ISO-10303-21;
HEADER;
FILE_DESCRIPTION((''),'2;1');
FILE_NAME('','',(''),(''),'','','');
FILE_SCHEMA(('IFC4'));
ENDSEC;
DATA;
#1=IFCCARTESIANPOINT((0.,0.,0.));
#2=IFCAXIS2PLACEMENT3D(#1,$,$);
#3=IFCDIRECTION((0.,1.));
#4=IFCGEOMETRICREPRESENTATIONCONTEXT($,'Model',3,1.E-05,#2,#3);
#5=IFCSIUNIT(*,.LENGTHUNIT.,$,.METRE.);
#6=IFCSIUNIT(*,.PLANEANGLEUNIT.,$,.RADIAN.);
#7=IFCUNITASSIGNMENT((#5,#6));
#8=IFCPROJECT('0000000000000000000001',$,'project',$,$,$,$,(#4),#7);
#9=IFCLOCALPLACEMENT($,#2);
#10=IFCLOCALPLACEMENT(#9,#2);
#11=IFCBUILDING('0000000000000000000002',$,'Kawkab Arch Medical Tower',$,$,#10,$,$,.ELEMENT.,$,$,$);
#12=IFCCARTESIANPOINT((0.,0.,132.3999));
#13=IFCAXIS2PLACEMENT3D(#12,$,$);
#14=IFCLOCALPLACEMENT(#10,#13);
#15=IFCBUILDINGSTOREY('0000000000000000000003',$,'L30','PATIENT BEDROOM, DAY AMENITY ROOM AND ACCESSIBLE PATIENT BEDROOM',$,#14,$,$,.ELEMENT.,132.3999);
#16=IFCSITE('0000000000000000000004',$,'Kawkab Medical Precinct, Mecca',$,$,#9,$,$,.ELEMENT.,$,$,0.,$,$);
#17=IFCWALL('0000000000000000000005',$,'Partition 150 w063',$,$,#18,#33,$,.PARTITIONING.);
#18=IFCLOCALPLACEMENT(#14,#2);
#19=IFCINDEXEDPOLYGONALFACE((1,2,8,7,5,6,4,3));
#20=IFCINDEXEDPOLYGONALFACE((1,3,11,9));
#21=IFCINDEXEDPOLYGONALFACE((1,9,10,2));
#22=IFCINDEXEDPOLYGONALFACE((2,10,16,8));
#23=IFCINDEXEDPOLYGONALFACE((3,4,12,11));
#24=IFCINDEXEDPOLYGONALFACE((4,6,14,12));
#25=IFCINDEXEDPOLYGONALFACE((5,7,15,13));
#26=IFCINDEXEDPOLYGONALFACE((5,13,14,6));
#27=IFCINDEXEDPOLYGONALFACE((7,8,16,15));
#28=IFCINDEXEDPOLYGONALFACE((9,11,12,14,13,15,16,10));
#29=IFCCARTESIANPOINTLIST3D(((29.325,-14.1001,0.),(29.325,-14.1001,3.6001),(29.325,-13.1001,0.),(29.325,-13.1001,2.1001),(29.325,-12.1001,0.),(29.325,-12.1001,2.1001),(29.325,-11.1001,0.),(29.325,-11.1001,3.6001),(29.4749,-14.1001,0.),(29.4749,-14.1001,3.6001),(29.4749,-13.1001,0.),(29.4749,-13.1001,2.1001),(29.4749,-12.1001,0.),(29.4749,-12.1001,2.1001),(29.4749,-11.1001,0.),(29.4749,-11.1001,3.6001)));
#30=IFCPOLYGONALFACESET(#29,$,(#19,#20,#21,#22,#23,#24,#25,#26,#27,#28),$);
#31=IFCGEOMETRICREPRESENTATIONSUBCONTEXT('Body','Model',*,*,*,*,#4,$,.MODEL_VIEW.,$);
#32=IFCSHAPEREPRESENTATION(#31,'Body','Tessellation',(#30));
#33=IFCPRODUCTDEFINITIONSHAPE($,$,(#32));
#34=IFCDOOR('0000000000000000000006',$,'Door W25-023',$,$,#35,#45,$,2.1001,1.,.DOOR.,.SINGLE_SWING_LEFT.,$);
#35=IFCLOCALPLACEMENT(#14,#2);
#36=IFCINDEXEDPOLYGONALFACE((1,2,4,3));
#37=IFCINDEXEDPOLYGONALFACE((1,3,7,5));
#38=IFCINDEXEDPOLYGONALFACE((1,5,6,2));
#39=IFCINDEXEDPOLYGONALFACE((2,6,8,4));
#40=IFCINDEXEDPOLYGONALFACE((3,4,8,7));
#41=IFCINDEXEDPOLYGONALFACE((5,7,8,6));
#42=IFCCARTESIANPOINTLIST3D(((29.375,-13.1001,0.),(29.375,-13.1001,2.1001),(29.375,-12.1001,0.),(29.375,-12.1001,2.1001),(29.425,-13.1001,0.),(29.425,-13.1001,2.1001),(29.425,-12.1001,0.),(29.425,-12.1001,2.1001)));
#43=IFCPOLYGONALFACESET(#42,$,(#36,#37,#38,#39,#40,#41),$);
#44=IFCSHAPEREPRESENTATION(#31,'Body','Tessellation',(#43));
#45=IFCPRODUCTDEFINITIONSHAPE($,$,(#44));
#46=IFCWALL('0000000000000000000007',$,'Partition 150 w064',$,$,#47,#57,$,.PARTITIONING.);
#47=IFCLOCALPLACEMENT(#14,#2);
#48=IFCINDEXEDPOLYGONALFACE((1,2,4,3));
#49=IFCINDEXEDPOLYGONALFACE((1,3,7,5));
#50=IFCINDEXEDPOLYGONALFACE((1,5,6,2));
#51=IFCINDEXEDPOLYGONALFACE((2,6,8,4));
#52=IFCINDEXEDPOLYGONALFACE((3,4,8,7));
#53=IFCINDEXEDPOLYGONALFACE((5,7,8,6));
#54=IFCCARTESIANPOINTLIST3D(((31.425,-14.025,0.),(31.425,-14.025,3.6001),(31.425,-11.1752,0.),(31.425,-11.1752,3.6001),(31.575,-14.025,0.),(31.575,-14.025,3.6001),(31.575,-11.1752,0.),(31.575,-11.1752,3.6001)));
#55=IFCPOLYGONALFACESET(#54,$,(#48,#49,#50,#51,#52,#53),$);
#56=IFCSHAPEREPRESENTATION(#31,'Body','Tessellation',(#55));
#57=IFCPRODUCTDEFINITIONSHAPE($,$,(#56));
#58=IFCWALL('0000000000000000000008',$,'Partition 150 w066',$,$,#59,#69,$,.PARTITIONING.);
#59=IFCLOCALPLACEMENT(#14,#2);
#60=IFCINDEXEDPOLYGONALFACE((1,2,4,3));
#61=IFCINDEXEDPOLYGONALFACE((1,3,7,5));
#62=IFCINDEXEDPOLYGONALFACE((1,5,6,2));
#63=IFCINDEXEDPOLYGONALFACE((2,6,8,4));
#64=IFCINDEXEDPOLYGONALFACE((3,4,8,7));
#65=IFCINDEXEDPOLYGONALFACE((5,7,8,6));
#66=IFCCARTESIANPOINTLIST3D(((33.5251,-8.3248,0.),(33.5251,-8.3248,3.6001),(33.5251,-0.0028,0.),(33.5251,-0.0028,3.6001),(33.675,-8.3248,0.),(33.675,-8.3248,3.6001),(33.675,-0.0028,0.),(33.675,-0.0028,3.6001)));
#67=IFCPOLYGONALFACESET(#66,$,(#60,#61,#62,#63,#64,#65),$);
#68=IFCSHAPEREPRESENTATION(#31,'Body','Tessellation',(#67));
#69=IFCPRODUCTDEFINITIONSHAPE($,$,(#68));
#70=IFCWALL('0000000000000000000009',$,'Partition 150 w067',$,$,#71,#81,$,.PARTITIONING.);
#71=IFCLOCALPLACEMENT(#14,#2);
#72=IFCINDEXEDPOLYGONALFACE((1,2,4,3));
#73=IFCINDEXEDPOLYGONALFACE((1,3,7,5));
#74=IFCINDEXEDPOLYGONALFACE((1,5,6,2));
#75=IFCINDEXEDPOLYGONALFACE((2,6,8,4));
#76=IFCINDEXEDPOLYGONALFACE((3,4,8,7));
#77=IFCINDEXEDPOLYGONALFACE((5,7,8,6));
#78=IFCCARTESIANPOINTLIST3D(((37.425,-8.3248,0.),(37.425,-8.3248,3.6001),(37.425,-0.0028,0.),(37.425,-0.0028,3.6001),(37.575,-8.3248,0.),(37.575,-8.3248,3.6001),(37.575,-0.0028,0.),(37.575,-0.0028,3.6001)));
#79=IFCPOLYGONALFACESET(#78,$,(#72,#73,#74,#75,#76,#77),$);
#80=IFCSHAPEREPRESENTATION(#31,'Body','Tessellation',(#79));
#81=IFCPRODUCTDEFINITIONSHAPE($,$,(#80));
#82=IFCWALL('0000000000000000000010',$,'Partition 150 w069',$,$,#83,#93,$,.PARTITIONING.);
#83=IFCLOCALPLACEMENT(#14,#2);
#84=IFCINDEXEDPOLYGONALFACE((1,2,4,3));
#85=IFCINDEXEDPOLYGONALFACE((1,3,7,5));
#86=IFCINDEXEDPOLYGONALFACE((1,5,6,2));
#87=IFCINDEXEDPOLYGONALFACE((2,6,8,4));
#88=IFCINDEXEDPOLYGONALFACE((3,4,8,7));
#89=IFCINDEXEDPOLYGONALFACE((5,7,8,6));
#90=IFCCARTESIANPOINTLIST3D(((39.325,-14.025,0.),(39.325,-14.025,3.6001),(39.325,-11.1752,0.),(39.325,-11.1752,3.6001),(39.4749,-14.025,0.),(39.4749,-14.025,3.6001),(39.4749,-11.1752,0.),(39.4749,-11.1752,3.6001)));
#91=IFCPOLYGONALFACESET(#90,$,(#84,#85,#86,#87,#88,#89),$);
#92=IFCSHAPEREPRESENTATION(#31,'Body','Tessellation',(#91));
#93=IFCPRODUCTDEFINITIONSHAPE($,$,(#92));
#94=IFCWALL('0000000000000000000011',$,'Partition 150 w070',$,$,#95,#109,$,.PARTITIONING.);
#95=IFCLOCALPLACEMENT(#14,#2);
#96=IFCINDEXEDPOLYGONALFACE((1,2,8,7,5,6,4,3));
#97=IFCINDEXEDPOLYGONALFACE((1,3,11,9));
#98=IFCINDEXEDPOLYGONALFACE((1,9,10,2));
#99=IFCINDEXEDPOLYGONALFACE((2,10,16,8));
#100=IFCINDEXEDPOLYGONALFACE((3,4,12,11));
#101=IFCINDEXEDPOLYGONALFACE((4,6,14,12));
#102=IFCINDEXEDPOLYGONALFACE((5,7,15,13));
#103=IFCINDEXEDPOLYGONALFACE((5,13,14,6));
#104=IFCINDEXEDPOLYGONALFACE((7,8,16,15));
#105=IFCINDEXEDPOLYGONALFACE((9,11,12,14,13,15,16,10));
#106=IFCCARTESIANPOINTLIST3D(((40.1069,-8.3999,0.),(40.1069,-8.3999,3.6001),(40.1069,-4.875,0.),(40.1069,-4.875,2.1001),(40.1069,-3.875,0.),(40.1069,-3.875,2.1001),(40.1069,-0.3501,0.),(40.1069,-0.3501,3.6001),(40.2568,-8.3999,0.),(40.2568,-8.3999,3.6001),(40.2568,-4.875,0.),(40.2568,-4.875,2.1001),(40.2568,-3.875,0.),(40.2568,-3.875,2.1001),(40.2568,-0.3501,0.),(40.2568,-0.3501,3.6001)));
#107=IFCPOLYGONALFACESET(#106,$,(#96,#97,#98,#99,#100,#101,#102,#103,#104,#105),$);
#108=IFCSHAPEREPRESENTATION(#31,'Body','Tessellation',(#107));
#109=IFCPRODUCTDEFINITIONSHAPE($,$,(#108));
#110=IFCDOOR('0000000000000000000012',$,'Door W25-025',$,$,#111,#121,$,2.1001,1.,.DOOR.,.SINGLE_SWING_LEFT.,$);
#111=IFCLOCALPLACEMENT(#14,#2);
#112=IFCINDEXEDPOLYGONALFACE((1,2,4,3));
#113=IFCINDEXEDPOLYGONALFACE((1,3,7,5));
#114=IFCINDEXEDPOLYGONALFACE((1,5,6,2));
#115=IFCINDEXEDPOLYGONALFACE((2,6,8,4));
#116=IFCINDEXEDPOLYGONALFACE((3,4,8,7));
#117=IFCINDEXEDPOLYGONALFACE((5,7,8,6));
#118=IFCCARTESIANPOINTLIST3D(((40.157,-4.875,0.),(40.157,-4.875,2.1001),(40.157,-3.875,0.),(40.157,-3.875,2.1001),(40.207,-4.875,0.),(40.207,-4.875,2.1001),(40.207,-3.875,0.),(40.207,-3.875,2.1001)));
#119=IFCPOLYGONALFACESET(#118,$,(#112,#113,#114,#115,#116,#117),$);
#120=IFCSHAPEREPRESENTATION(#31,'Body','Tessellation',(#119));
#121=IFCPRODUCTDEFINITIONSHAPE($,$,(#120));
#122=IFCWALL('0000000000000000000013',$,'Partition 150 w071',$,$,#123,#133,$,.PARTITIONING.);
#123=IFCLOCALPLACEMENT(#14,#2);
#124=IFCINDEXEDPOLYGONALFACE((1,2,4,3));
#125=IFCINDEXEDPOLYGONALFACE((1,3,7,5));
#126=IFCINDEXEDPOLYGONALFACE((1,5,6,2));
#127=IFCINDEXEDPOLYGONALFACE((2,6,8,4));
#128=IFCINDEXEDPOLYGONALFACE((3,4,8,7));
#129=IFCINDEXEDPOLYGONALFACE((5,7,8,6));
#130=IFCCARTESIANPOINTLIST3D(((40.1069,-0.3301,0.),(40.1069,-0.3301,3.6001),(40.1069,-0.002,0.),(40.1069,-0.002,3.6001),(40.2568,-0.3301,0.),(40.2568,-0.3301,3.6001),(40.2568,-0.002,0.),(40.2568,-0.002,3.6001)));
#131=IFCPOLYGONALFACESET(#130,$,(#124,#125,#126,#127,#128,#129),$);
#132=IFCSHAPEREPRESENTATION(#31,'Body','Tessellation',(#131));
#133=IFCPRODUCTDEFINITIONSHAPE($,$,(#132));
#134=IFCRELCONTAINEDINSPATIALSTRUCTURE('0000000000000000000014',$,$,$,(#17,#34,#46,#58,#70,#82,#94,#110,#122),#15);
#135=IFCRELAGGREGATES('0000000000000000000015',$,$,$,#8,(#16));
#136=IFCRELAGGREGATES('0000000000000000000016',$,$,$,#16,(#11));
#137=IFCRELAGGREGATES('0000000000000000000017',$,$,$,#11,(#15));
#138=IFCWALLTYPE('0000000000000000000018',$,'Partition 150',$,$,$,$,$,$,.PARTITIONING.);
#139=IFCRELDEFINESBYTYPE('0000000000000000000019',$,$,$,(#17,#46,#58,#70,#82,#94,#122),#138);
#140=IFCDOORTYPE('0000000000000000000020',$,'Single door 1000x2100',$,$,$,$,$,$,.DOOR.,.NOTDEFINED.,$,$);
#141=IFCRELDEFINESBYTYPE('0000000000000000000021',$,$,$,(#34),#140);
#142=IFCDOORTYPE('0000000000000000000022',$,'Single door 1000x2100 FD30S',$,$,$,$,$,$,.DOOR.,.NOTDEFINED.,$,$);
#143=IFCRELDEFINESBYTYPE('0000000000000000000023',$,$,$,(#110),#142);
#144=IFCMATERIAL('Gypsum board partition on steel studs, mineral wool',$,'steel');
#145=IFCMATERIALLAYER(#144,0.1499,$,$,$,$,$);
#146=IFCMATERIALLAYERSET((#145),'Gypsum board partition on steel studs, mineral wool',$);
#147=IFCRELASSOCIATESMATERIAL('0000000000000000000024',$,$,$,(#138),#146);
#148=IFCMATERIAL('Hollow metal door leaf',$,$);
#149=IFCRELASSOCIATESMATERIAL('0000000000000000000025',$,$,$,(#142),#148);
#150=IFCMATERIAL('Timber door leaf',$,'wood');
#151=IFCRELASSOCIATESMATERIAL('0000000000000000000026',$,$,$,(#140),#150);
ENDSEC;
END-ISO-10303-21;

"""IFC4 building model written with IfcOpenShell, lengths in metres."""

from ifc_helpers import new_model, si_unit, direction, frame, frame_2d, origin, place, context, subcontext, project, spatial, rectangle, extrude, material, layer, layer_set, type_object, element, fill, save


model = new_model("IFC4")

# Units and contexts
model_context = context("Model", 3, precision=1e-05, world=origin(), true_north=direction((0.0, 1.0)))
body_context = subcontext(model_context, "Body", "Model", "MODEL_VIEW")
ifc_project = project(units=[si_unit("LENGTHUNIT", "METRE"), si_unit("PLANEANGLEUNIT", "RADIAN")], contexts=[model_context])

# Site, building, storey
site_placement = place(None, origin())
site = spatial("IfcSite", under=ifc_project, at=site_placement, Name="Kawkab Medical Precinct, Mecca", CompositionType="ELEMENT", RefElevation=0.0)
building_placement = place(site_placement, origin())
building = spatial("IfcBuilding", under=site, at=building_placement, Name="Kawkab Arch Medical Tower", CompositionType="ELEMENT")
storey_placement = place(building_placement, frame((0.0, 0.0, 132.3999)))
storey = spatial("IfcBuildingStorey", under=building, at=storey_placement, Name="L30", Description="PATIENT BEDROOM, DAY AMENITY ROOM AND ACCESSIBLE PATIENT BEDROOM", CompositionType="ELEMENT", Elevation=132.3999)

# Shared definitions
ifc_material_1 = material(Name="Gypsum board partition on steel studs, mineral wool", Category="steel")
ifc_layer = layer(ifc_material_1, 0.1499)
ifc_layer_set = layer_set([ifc_layer], Name="Gypsum board partition on steel studs, mineral wool")
wall_type = type_object("IfcWallType", Name="Partition 150", PredefinedType="PARTITIONING", material=ifc_layer_set)
ifc_material_2 = material(Name="Hollow metal door leaf")
door_type_1 = type_object("IfcDoorType", Name="Single door 1000x2100 FD30S", OperationType="NOTDEFINED", PredefinedType="DOOR", material=ifc_material_2)

# Wall, opening, door
wall_1_placement = place(storey_placement, frame((29.3999, -14.1001, 0.0), z_axis=(0.0, 0.0, 1.0), x_axis=(0.0, 1.0, 0.0)))
wall_1 = element("IfcWall", 1, at=wall_1_placement, inside=storey, type_object=wall_type, Name="Partition 150 w063", PredefinedType="PARTITIONING", context=body_context, shape_type="SweptSolid", body=[
    extrude(rectangle(XDim=3.0, YDim=0.1499, at=frame_2d((1.5, 0.0))), origin(), (0.0, 0.0, 1.0), 3.6001),
])
opening_1_placement = place(wall_1_placement, frame((1.0, 0.0, 0.0)))
opening_1 = element("IfcOpeningElement", 2, at=opening_1_placement, cuts=wall_1, PredefinedType="OPENING", context=body_context, shape_type="SweptSolid", body=[
    extrude(rectangle(XDim=1.0, YDim=2.1001, at=frame_2d((0.5, 1.05))), frame((0.0, 0.085, 0.0), z_axis=(0.0, -1.0, 0.0), x_axis=(1.0, 0.0, 0.0)), (0.0, 0.0, 1.0), 0.1699),
])
ifc_material_3 = material(Name="Timber door leaf", Category="wood")
door_type_2 = type_object("IfcDoorType", Name="Single door 1000x2100", OperationType="NOTDEFINED", PredefinedType="DOOR", material=ifc_material_3)
door_1_placement = place(opening_1_placement, origin())
door_1 = element("IfcDoor", 3, at=door_1_placement, inside=storey, type_object=door_type_2, Name="Door W25-023", OperationType="SINGLE_SWING_LEFT", OverallHeight=2.1001, OverallWidth=1.0, PredefinedType="DOOR", context=body_context, shape_type="SweptSolid", body=[
    extrude(rectangle(XDim=1.0, YDim=2.1001, at=frame_2d((0.5, 1.05))), frame((0.0, 0.0249, 0.0), z_axis=(0.0, -1.0, 0.0), x_axis=(1.0, 0.0, 0.0)), (0.0, 0.0, 1.0), 0.05),
])
fill(opening_1, door_1)

# Walls
wall_2_placement = place(storey_placement, frame((31.5, -14.0249, 0.0), z_axis=(0.0, 0.0, 1.0), x_axis=(0.0, 1.0, 0.0)))
element("IfcWall", 4, at=wall_2_placement, inside=storey, type_object=wall_type, Name="Partition 150 w064", PredefinedType="PARTITIONING", context=body_context, shape_type="SweptSolid", body=[
    extrude(rectangle(XDim=2.8499, YDim=0.1499, at=frame_2d((1.4248, 0.0))), origin(), (0.0, 0.0, 1.0), 3.6001),
])
for number, where, z_axis, x_axis, name in (
    (5, (33.6001, -8.325, 0.0), (0.0, 0.0, 1.0), (0.0, 1.0, 0.0), "Partition 150 w066"),
    (6, (37.5, -8.325, 0.0), (0.0, 0.0, 1.0), (0.0, 1.0, 0.0), "Partition 150 w067"),
):
    element("IfcWall", number, at=place(storey_placement, frame(where, z_axis=z_axis, x_axis=x_axis)), inside=storey, type_object=wall_type, Name=name, PredefinedType="PARTITIONING", context=body_context, shape_type="SweptSolid", body=[
        extrude(rectangle(XDim=8.322, YDim=0.1499, at=frame_2d((4.1611, 0.0))), origin(), (0.0, 0.0, 1.0), 3.6001),
    ])
wall_3_placement = place(storey_placement, frame((39.3999, -14.0249, 0.0), z_axis=(0.0, 0.0, 1.0), x_axis=(0.0, 1.0, 0.0)))
element("IfcWall", 7, at=wall_3_placement, inside=storey, type_object=wall_type, Name="Partition 150 w069", PredefinedType="PARTITIONING", context=body_context, shape_type="SweptSolid", body=[
    extrude(rectangle(XDim=2.8499, YDim=0.1499, at=frame_2d((1.4248, 0.0))), origin(), (0.0, 0.0, 1.0), 3.6001),
])

# Wall, opening, door
wall_4_placement = place(storey_placement, frame((40.1819, -8.3999, 0.0), z_axis=(0.0, 0.0, 1.0), x_axis=(0.0, 1.0, 0.0)))
wall_4 = element("IfcWall", 8, at=wall_4_placement, inside=storey, type_object=wall_type, Name="Partition 150 w070", PredefinedType="PARTITIONING", context=body_context, shape_type="SweptSolid", body=[
    extrude(rectangle(XDim=8.0498, YDim=0.1499, at=frame_2d((4.0249, 0.0))), origin(), (0.0, 0.0, 1.0), 3.6001),
])
opening_2_placement = place(wall_4_placement, frame((3.5249, 0.0, 0.0)))
opening_2 = element("IfcOpeningElement", 9, at=opening_2_placement, cuts=wall_4, PredefinedType="OPENING", context=body_context, shape_type="SweptSolid", body=[
    extrude(rectangle(XDim=1.0, YDim=2.1001, at=frame_2d((0.5, 1.05))), frame((0.0, 0.085, 0.0), z_axis=(0.0, -1.0, 0.0), x_axis=(1.0, 0.0, 0.0)), (0.0, 0.0, 1.0), 0.1699),
])
door_2_placement = place(opening_2_placement, origin())
door_2 = element("IfcDoor", 10, at=door_2_placement, inside=storey, type_object=door_type_1, Name="Door W25-025", OperationType="SINGLE_SWING_LEFT", OverallHeight=2.1001, OverallWidth=1.0, PredefinedType="DOOR", context=body_context, shape_type="SweptSolid", body=[
    extrude(rectangle(XDim=1.0, YDim=2.1001, at=frame_2d((0.5, 1.05))), frame((0.0, 0.0249, 0.0), z_axis=(0.0, -1.0, 0.0), x_axis=(1.0, 0.0, 0.0)), (0.0, 0.0, 1.0), 0.05),
])
fill(opening_2, door_2)

# Wall
wall_5_placement = place(storey_placement, frame((40.1819, -0.3301, 0.0), z_axis=(0.0, 0.0, 1.0), x_axis=(0.0, 1.0, 0.0)))
element("IfcWall", 11, at=wall_5_placement, inside=storey, type_object=wall_type, Name="Partition 150 w071", PredefinedType="PARTITIONING", context=body_context, shape_type="SweptSolid", body=[
    extrude(rectangle(XDim=0.3281, YDim=0.1499, at=frame_2d((0.1641, 0.0))), origin(), (0.0, 0.0, 1.0), 3.6001),
])

save(model, "model.ifc")
